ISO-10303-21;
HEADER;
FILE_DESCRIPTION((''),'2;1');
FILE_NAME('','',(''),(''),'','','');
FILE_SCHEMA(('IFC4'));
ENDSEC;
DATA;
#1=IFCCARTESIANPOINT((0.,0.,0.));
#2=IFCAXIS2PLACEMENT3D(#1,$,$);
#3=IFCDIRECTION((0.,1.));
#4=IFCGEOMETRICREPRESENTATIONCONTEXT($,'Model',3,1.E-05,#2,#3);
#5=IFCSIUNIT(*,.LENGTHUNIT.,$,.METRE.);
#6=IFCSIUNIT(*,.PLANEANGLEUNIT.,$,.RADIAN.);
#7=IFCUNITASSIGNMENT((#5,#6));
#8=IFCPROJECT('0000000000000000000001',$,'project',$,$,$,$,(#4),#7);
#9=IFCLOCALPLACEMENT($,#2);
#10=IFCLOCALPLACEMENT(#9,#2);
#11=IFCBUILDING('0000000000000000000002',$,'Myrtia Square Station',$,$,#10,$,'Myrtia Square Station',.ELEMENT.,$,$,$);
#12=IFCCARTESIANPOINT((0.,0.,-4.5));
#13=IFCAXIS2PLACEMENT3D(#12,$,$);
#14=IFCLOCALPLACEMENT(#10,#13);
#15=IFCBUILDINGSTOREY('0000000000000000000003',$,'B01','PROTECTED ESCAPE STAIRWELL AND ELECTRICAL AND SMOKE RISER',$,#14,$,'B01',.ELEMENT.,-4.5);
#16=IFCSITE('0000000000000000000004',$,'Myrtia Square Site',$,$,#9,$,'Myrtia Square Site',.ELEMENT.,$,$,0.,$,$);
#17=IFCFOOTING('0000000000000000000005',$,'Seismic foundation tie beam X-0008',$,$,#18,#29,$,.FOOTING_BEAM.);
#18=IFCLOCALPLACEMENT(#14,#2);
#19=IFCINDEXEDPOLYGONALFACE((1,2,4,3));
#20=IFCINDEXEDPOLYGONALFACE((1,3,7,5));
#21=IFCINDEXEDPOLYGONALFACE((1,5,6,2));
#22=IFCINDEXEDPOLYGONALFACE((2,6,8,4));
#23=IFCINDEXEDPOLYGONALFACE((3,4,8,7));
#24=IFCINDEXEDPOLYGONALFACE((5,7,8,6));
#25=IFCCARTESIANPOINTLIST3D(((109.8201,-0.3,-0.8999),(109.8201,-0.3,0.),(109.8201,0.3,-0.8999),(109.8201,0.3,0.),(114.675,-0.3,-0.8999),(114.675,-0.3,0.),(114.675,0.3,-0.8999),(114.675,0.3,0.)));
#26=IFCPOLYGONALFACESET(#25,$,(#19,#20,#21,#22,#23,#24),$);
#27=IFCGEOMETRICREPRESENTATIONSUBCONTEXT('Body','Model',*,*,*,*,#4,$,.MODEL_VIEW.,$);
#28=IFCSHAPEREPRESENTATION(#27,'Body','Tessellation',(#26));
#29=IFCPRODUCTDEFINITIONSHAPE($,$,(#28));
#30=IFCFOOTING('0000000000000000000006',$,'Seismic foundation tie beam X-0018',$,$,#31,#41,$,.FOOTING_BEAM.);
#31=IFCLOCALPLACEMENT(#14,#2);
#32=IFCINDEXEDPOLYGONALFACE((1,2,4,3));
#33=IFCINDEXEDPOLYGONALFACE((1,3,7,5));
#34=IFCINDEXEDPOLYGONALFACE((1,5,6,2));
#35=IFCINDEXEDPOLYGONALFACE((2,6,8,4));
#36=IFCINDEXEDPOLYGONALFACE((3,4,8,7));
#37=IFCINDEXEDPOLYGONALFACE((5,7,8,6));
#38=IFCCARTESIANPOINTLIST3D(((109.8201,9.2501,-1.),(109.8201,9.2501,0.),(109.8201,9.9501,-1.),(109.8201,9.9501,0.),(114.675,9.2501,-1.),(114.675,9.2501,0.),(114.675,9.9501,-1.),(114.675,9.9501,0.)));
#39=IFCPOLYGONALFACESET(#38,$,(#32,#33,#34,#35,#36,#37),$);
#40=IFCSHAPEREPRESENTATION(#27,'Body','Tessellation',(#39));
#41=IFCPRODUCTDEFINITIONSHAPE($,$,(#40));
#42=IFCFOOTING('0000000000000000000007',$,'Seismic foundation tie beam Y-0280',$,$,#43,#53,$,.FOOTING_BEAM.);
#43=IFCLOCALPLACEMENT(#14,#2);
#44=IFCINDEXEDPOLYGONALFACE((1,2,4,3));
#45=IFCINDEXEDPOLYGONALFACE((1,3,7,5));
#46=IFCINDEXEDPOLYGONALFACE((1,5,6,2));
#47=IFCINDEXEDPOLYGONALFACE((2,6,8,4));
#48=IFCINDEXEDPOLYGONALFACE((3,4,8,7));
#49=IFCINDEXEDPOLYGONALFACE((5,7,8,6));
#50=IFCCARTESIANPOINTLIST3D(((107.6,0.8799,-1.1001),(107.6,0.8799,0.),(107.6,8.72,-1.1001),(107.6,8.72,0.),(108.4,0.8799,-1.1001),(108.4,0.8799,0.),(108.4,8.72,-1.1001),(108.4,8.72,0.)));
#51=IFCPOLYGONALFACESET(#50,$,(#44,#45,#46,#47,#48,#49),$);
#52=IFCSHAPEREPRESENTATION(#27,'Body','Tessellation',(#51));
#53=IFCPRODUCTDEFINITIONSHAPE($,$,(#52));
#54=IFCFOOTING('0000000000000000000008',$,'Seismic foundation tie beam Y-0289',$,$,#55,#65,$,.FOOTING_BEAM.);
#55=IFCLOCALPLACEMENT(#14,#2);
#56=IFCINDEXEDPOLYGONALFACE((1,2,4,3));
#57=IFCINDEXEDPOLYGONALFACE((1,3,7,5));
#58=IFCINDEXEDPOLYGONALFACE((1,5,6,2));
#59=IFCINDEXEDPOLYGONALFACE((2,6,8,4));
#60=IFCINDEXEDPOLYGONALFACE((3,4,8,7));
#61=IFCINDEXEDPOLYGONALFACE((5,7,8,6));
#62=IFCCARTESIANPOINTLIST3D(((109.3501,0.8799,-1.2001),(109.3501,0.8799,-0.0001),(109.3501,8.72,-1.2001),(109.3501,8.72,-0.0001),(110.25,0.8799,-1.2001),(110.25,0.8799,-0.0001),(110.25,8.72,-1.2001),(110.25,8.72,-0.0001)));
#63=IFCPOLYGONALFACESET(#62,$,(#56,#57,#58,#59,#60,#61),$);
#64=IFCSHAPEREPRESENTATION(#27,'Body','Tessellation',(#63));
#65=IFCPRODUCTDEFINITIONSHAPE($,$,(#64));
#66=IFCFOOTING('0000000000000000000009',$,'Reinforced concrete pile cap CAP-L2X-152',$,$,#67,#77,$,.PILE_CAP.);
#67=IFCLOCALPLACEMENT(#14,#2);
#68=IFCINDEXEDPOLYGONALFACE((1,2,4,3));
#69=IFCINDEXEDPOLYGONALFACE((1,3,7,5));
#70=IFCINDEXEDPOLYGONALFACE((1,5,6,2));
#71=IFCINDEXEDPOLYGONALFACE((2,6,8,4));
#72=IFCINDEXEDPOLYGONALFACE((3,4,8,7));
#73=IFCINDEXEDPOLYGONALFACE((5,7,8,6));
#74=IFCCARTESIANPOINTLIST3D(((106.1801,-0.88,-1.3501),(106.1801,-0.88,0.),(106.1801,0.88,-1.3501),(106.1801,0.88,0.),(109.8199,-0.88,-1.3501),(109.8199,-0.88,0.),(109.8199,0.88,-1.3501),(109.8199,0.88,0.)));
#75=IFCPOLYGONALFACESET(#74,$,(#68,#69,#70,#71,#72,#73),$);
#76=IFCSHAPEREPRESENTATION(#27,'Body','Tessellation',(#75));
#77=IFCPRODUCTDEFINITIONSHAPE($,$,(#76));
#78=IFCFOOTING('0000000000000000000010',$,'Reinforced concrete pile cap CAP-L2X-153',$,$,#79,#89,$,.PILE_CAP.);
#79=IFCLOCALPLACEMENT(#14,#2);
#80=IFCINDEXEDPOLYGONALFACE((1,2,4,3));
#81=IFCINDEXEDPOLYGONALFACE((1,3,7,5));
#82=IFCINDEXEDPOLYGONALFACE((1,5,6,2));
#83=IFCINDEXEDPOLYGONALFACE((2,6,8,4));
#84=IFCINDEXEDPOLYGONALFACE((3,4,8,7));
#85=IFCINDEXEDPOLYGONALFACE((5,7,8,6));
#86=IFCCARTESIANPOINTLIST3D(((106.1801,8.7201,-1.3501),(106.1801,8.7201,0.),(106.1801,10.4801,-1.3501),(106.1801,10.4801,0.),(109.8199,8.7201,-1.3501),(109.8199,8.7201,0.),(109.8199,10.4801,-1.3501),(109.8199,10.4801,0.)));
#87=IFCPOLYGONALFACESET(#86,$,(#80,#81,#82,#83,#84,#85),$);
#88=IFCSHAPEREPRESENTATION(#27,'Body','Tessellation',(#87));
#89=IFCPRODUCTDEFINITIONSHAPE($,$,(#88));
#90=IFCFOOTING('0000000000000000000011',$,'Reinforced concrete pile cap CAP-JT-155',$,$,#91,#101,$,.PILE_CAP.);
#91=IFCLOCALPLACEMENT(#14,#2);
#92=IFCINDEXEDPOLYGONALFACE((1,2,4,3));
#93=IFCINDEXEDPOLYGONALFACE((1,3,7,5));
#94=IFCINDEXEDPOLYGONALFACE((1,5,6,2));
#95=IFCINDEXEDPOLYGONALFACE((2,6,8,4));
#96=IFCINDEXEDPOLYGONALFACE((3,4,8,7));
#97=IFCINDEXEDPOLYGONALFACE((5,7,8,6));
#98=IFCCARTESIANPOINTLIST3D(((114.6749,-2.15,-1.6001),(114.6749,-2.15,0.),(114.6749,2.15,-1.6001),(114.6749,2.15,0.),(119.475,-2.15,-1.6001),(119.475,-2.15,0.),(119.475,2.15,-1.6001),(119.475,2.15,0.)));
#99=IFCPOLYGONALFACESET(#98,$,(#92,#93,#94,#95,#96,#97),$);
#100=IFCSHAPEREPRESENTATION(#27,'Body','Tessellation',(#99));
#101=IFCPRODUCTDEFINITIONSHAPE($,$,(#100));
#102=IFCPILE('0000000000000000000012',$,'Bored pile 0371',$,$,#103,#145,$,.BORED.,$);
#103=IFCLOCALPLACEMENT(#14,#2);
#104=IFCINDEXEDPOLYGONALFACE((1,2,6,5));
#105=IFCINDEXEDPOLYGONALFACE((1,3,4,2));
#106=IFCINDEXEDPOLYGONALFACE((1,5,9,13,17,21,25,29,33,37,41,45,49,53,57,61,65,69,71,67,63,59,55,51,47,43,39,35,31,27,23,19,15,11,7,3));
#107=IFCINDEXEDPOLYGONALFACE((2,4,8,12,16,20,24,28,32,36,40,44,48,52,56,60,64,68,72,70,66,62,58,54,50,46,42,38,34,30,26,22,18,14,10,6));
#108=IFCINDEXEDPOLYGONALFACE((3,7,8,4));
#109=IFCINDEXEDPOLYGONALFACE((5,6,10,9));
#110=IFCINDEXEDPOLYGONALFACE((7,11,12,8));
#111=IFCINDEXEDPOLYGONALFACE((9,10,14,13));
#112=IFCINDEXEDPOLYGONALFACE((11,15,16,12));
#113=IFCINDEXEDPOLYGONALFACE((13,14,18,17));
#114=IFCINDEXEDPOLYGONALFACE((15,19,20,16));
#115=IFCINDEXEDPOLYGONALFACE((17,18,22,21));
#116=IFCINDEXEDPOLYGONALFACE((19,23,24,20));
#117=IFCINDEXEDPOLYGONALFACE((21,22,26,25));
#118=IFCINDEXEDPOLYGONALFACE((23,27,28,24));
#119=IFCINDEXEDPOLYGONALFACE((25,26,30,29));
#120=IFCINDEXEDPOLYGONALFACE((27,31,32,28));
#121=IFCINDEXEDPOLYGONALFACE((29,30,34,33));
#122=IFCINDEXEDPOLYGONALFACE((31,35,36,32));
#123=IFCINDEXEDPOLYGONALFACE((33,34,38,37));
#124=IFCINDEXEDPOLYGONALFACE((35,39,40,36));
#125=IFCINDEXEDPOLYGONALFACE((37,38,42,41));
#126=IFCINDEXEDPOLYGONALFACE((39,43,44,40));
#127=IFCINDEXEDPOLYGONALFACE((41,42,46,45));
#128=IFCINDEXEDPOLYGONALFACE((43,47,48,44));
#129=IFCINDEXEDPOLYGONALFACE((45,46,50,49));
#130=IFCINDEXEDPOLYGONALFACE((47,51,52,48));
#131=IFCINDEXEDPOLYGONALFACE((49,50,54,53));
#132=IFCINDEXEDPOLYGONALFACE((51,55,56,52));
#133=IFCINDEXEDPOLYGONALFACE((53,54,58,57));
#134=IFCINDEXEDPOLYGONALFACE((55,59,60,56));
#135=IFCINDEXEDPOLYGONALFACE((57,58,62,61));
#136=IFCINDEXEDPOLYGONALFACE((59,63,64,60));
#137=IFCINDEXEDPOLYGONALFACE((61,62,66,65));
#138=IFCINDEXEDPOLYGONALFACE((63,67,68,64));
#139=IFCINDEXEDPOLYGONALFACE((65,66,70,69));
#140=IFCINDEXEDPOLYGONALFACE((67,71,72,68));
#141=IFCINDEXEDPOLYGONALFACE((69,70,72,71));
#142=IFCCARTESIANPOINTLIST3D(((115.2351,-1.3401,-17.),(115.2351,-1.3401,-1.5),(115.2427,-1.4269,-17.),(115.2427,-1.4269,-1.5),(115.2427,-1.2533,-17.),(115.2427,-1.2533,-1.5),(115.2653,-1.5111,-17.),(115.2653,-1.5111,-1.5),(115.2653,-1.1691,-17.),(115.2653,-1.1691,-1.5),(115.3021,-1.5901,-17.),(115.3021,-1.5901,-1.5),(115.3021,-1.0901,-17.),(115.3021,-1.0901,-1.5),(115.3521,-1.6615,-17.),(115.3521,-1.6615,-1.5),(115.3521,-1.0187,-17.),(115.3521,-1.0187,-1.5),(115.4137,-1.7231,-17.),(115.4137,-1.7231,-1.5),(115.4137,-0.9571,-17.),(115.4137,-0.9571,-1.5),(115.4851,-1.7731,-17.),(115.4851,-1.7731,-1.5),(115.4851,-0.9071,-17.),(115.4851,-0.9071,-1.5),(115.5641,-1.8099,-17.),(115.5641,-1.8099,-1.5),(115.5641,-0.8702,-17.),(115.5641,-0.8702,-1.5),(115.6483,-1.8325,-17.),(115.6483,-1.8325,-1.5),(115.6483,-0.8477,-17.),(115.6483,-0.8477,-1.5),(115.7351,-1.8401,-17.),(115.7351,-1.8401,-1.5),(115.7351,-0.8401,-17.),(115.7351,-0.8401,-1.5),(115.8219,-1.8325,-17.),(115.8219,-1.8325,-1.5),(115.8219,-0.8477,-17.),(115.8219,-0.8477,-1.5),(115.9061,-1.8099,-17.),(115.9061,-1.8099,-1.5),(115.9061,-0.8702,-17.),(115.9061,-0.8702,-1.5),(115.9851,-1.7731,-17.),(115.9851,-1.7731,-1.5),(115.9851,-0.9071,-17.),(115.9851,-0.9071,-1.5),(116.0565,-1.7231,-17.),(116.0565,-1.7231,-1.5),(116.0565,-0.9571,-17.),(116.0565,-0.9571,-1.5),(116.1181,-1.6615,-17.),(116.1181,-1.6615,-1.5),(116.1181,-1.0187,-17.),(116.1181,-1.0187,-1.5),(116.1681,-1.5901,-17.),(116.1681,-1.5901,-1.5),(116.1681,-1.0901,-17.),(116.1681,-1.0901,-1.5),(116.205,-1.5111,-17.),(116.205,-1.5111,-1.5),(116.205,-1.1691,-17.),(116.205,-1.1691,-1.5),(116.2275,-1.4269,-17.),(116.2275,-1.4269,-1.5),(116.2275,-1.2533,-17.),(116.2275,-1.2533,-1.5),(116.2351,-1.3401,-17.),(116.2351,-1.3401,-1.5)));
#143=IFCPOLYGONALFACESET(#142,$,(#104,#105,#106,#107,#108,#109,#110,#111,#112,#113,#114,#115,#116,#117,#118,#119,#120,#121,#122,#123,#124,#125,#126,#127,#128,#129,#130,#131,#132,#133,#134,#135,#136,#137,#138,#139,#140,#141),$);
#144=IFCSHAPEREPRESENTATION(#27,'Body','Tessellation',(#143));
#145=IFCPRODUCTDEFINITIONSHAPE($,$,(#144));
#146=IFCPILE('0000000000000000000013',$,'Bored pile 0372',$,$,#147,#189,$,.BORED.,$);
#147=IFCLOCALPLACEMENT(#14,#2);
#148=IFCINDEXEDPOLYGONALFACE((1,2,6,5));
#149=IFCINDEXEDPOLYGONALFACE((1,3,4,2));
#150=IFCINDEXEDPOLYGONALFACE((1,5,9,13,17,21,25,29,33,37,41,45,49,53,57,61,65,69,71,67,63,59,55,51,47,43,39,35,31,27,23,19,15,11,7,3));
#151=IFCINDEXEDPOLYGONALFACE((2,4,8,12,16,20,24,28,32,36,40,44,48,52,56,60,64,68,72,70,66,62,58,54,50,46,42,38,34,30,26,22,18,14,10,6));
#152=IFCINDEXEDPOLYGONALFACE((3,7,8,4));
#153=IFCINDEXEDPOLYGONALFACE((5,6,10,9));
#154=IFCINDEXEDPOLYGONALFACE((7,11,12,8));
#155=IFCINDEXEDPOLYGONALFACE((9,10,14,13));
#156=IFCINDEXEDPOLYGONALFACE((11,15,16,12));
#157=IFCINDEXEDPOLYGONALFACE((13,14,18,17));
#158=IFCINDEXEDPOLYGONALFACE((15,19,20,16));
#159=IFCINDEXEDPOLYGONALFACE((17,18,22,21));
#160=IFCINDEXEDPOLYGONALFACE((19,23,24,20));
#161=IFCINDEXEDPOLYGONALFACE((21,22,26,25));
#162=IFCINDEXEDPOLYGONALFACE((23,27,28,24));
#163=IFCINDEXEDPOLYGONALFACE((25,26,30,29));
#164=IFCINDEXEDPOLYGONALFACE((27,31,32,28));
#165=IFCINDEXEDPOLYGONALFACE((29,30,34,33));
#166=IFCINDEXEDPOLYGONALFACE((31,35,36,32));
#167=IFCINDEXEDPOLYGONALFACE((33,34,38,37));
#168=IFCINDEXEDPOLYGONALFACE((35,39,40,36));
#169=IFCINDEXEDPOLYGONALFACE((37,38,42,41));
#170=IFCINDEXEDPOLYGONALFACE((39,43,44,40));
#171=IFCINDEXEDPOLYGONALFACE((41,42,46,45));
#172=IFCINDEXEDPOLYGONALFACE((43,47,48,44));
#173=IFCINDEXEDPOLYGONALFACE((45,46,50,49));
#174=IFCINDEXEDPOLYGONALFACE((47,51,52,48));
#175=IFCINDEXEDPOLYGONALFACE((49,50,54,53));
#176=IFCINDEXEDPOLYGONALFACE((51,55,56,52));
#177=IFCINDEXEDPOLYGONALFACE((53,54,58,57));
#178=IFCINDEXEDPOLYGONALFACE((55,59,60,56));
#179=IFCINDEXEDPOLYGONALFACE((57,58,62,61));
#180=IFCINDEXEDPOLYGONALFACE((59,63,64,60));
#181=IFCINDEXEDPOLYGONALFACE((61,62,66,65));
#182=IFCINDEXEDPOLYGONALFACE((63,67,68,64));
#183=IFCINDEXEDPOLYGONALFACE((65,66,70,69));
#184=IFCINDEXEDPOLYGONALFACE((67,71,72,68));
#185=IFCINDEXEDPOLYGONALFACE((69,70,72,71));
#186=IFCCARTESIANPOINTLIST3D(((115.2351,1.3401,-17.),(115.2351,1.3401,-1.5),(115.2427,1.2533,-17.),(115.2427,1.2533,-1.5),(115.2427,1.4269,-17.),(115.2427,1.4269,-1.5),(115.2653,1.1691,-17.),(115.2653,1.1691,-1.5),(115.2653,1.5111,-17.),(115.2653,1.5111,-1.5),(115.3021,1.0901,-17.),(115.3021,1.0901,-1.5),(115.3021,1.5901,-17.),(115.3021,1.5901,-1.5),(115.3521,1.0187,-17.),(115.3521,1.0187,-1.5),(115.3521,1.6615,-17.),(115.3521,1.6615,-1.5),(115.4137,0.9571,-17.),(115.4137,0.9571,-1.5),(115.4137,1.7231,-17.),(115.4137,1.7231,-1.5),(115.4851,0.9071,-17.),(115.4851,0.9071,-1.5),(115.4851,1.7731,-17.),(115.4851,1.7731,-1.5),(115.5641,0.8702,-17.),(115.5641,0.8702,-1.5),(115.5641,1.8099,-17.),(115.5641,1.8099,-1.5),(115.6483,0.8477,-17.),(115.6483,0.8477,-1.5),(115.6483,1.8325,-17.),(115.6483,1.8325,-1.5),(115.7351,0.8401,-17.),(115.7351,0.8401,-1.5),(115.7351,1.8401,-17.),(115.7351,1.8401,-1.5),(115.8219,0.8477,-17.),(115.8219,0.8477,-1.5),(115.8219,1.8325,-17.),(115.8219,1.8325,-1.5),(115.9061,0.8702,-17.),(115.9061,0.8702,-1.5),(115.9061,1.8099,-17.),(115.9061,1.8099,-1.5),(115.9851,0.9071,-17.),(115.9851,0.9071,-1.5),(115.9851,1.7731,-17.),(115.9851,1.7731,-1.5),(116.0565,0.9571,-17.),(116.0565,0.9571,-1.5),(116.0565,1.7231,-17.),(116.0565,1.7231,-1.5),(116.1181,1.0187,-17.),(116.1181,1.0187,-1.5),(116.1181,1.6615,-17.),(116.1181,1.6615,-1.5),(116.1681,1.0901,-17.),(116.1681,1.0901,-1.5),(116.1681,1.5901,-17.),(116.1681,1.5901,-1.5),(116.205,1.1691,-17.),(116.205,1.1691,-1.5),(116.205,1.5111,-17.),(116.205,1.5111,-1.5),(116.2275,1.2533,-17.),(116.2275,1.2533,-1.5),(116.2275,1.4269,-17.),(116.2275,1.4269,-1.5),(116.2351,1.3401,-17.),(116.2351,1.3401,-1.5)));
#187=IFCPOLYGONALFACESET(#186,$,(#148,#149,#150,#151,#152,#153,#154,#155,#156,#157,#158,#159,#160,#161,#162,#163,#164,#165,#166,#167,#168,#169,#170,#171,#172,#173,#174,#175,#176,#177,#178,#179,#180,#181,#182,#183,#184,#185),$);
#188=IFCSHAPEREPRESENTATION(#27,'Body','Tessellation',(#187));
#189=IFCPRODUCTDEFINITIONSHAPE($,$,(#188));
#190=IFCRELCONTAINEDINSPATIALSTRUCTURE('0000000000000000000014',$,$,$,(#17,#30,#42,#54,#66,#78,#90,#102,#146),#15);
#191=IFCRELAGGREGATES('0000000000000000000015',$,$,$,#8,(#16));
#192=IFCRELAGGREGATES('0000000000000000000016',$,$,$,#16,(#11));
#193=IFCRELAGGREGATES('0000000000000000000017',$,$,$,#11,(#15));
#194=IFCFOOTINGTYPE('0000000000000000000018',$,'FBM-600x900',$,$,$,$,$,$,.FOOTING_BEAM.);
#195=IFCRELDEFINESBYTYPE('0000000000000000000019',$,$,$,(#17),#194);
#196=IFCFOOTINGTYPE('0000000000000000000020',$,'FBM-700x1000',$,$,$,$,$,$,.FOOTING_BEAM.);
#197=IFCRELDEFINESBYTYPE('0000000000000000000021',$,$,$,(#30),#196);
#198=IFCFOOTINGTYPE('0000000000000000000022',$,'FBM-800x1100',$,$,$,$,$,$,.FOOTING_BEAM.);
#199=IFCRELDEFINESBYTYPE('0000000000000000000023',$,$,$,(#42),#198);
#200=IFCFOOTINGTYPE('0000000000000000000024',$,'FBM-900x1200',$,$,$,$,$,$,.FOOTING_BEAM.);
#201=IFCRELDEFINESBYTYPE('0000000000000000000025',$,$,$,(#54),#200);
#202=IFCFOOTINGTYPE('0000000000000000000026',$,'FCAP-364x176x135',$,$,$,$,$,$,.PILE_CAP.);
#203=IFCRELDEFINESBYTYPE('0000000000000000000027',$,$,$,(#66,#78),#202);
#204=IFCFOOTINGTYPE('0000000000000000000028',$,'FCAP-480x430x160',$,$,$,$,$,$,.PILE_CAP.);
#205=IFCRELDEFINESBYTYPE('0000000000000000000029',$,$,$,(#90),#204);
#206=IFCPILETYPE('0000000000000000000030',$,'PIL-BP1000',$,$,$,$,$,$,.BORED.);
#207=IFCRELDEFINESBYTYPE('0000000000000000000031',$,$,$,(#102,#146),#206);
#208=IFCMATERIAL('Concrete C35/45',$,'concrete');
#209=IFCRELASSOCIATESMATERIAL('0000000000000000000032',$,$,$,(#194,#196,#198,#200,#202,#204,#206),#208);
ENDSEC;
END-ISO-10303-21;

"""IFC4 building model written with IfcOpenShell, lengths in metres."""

from ifc_helpers import new_model, si_unit, direction, frame, origin, origin_2d, place, context, subcontext, project, spatial, rectangle, circle, extrude, material, material_profile, profile_set, type_object, element, save


model = new_model("IFC4")

# Units and contexts
model_context = context("Model", 3, precision=1e-05, world=origin(), true_north=direction((0.0, 1.0)))
body_context = subcontext(model_context, "Body", "Model", "MODEL_VIEW")
ifc_project = project(units=[si_unit("LENGTHUNIT", "METRE"), si_unit("PLANEANGLEUNIT", "RADIAN")], contexts=[model_context])

# Site, building, storey
site_placement = place(None, origin())
site = spatial("IfcSite", under=ifc_project, at=site_placement, Name="Myrtia Square Site", LongName="Myrtia Square Site", CompositionType="ELEMENT", RefElevation=0.0)
building_placement = place(site_placement, origin())
building = spatial("IfcBuilding", under=site, at=building_placement, Name="Myrtia Square Station", LongName="Myrtia Square Station", CompositionType="ELEMENT")
storey_placement = place(building_placement, frame((0.0, 0.0, -4.5)))
storey = spatial("IfcBuildingStorey", under=building, at=storey_placement, Name="B01", Description="PROTECTED ESCAPE STAIRWELL AND ELECTRICAL AND SMOKE RISER", LongName="B01", CompositionType="ELEMENT", Elevation=-4.5)

# Footings
ifc_material_1 = material(Name="Concrete C35/45", Category="concrete")
ifc_material_profile_1 = material_profile(ifc_material_1, rectangle(XDim=0.6001, YDim=0.8999, at=origin_2d()), Name="FB 600x900")
ifc_profile_set_1 = profile_set([ifc_material_profile_1], Name="Concrete C35/45")
footing_type_1 = type_object("IfcFootingType", Name="FBM-600x900", PredefinedType="FOOTING_BEAM", material=ifc_profile_set_1)
footing_1_placement = place(storey_placement, frame((109.8201, 0.0, -0.45), z_axis=(1.0, 0.0, 0.0), x_axis=(0.0, 1.0, 0.0)))
element("IfcFooting", 1, at=footing_1_placement, inside=storey, type_object=footing_type_1, Name="Seismic foundation tie beam X-0008", PredefinedType="FOOTING_BEAM", context=body_context, shape_type="SweptSolid", body=[
    extrude(rectangle(XDim=0.6001, YDim=0.8999, at=origin_2d()), origin(), (0.0, 0.0, 1.0), 4.855),
])
ifc_material_profile_2 = material_profile(ifc_material_1, rectangle(XDim=0.7, YDim=1.0, at=origin_2d()), Name="FB 700x1000")
ifc_profile_set_2 = profile_set([ifc_material_profile_2], Name="Concrete C35/45")
footing_type_2 = type_object("IfcFootingType", Name="FBM-700x1000", PredefinedType="FOOTING_BEAM", material=ifc_profile_set_2)
footing_2_placement = place(storey_placement, frame((109.8201, 9.6001, -0.5), z_axis=(1.0, 0.0, 0.0), x_axis=(0.0, 1.0, 0.0)))
element("IfcFooting", 2, at=footing_2_placement, inside=storey, type_object=footing_type_2, Name="Seismic foundation tie beam X-0018", PredefinedType="FOOTING_BEAM", context=body_context, shape_type="SweptSolid", body=[
    extrude(rectangle(XDim=0.7, YDim=1.0, at=origin_2d()), origin(), (0.0, 0.0, 1.0), 4.855),
])
ifc_material_profile_3 = material_profile(ifc_material_1, rectangle(XDim=0.8, YDim=1.1001, at=origin_2d()), Name="FB 800x1100")
ifc_profile_set_3 = profile_set([ifc_material_profile_3], Name="Concrete C35/45")
footing_type_3 = type_object("IfcFootingType", Name="FBM-800x1100", PredefinedType="FOOTING_BEAM", material=ifc_profile_set_3)
footing_3_placement = place(storey_placement, frame((108.0, 0.8799, -0.55), z_axis=(0.0, 1.0, 0.0), x_axis=(-1.0, 0.0, 0.0)))
element("IfcFooting", 3, at=footing_3_placement, inside=storey, type_object=footing_type_3, Name="Seismic foundation tie beam Y-0280", PredefinedType="FOOTING_BEAM", context=body_context, shape_type="SweptSolid", body=[
    extrude(rectangle(XDim=0.8, YDim=1.1001, at=origin_2d()), origin(), (0.0, 0.0, 1.0), 7.8401),
])
ifc_material_profile_4 = material_profile(ifc_material_1, rectangle(XDim=0.8999, YDim=1.2, at=origin_2d()), Name="FB 900x1200")
ifc_profile_set_4 = profile_set([ifc_material_profile_4], Name="Concrete C35/45")
footing_type_4 = type_object("IfcFootingType", Name="FBM-900x1200", PredefinedType="FOOTING_BEAM", material=ifc_profile_set_4)
footing_4_placement = place(storey_placement, frame((109.8, 0.8799, -0.6001), z_axis=(0.0, 1.0, 0.0), x_axis=(-1.0, 0.0, 0.0)))
element("IfcFooting", 4, at=footing_4_placement, inside=storey, type_object=footing_type_4, Name="Seismic foundation tie beam Y-0289", PredefinedType="FOOTING_BEAM", context=body_context, shape_type="SweptSolid", body=[
    extrude(rectangle(XDim=0.8999, YDim=1.2, at=origin_2d()), origin(), (0.0, 0.0, 1.0), 7.8401),
])
footing_type_5 = type_object("IfcFootingType", Name="FCAP-364x176x135", PredefinedType="PILE_CAP", material=ifc_material_1)
for number, where, z_axis, x_axis, name in (
    (5, (108.0, 0.0, -1.3501), (0.0, 0.0, 1.0), (1.0, 0.0, 0.0), "Reinforced concrete pile cap CAP-L2X-152"),
    (6, (108.0, 9.6001, -1.3501), (0.0, 0.0, 1.0), (1.0, 0.0, 0.0), "Reinforced concrete pile cap CAP-L2X-153"),
):
    element("IfcFooting", number, at=place(storey_placement, frame(where, z_axis=z_axis, x_axis=x_axis)), inside=storey, type_object=footing_type_5, Name=name, PredefinedType="PILE_CAP", context=body_context, shape_type="SweptSolid", body=[
        extrude(rectangle(XDim=3.6399, YDim=1.76, at=origin_2d()), origin(), (0.0, 0.0, 1.0), 1.3501),
    ])
footing_type_6 = type_object("IfcFootingType", Name="FCAP-480x430x160", PredefinedType="PILE_CAP", material=ifc_material_1)
footing_5_placement = place(storey_placement, frame((117.075, 0.0, -1.6001), z_axis=(0.0, 0.0, 1.0), x_axis=(1.0, 0.0, 0.0)))
element("IfcFooting", 7, at=footing_5_placement, inside=storey, type_object=footing_type_6, Name="Reinforced concrete pile cap CAP-JT-155", PredefinedType="PILE_CAP", context=body_context, shape_type="SweptSolid", body=[
    extrude(rectangle(XDim=4.8, YDim=4.3, at=origin_2d()), origin(), (0.0, 0.0, 1.0), 1.6001),
])

# Piles
ifc_material_profile_5 = material_profile(ifc_material_1, circle(Radius=0.5, at=origin_2d()), Name="BP D1000")
ifc_profile_set_5 = profile_set([ifc_material_profile_5], Name="Concrete C35/45")
pile_type_1 = type_object("IfcPileType", Name="PIL-BP1000", PredefinedType="BORED", material=ifc_profile_set_5)
for number, where, z_axis, x_axis, name in (
    (8, (115.7351, -1.3401, -1.5), (0.0, 0.0, -1.0), (1.0, 0.0, 0.0), "Bored pile 0371"),
    (9, (115.7351, 1.3401, -1.5), (0.0, 0.0, -1.0), (1.0, 0.0, 0.0), "Bored pile 0372"),
):
    element("IfcPile", number, at=place(storey_placement, frame(where, z_axis=z_axis, x_axis=x_axis)), inside=storey, type_object=pile_type_1, Name=name, PredefinedType="BORED", context=body_context, shape_type="SweptSolid", body=[
        extrude(circle(Radius=0.5, at=origin_2d()), origin(), (0.0, 0.0, 1.0), 15.5),
    ])

save(model, "model.ifc")
